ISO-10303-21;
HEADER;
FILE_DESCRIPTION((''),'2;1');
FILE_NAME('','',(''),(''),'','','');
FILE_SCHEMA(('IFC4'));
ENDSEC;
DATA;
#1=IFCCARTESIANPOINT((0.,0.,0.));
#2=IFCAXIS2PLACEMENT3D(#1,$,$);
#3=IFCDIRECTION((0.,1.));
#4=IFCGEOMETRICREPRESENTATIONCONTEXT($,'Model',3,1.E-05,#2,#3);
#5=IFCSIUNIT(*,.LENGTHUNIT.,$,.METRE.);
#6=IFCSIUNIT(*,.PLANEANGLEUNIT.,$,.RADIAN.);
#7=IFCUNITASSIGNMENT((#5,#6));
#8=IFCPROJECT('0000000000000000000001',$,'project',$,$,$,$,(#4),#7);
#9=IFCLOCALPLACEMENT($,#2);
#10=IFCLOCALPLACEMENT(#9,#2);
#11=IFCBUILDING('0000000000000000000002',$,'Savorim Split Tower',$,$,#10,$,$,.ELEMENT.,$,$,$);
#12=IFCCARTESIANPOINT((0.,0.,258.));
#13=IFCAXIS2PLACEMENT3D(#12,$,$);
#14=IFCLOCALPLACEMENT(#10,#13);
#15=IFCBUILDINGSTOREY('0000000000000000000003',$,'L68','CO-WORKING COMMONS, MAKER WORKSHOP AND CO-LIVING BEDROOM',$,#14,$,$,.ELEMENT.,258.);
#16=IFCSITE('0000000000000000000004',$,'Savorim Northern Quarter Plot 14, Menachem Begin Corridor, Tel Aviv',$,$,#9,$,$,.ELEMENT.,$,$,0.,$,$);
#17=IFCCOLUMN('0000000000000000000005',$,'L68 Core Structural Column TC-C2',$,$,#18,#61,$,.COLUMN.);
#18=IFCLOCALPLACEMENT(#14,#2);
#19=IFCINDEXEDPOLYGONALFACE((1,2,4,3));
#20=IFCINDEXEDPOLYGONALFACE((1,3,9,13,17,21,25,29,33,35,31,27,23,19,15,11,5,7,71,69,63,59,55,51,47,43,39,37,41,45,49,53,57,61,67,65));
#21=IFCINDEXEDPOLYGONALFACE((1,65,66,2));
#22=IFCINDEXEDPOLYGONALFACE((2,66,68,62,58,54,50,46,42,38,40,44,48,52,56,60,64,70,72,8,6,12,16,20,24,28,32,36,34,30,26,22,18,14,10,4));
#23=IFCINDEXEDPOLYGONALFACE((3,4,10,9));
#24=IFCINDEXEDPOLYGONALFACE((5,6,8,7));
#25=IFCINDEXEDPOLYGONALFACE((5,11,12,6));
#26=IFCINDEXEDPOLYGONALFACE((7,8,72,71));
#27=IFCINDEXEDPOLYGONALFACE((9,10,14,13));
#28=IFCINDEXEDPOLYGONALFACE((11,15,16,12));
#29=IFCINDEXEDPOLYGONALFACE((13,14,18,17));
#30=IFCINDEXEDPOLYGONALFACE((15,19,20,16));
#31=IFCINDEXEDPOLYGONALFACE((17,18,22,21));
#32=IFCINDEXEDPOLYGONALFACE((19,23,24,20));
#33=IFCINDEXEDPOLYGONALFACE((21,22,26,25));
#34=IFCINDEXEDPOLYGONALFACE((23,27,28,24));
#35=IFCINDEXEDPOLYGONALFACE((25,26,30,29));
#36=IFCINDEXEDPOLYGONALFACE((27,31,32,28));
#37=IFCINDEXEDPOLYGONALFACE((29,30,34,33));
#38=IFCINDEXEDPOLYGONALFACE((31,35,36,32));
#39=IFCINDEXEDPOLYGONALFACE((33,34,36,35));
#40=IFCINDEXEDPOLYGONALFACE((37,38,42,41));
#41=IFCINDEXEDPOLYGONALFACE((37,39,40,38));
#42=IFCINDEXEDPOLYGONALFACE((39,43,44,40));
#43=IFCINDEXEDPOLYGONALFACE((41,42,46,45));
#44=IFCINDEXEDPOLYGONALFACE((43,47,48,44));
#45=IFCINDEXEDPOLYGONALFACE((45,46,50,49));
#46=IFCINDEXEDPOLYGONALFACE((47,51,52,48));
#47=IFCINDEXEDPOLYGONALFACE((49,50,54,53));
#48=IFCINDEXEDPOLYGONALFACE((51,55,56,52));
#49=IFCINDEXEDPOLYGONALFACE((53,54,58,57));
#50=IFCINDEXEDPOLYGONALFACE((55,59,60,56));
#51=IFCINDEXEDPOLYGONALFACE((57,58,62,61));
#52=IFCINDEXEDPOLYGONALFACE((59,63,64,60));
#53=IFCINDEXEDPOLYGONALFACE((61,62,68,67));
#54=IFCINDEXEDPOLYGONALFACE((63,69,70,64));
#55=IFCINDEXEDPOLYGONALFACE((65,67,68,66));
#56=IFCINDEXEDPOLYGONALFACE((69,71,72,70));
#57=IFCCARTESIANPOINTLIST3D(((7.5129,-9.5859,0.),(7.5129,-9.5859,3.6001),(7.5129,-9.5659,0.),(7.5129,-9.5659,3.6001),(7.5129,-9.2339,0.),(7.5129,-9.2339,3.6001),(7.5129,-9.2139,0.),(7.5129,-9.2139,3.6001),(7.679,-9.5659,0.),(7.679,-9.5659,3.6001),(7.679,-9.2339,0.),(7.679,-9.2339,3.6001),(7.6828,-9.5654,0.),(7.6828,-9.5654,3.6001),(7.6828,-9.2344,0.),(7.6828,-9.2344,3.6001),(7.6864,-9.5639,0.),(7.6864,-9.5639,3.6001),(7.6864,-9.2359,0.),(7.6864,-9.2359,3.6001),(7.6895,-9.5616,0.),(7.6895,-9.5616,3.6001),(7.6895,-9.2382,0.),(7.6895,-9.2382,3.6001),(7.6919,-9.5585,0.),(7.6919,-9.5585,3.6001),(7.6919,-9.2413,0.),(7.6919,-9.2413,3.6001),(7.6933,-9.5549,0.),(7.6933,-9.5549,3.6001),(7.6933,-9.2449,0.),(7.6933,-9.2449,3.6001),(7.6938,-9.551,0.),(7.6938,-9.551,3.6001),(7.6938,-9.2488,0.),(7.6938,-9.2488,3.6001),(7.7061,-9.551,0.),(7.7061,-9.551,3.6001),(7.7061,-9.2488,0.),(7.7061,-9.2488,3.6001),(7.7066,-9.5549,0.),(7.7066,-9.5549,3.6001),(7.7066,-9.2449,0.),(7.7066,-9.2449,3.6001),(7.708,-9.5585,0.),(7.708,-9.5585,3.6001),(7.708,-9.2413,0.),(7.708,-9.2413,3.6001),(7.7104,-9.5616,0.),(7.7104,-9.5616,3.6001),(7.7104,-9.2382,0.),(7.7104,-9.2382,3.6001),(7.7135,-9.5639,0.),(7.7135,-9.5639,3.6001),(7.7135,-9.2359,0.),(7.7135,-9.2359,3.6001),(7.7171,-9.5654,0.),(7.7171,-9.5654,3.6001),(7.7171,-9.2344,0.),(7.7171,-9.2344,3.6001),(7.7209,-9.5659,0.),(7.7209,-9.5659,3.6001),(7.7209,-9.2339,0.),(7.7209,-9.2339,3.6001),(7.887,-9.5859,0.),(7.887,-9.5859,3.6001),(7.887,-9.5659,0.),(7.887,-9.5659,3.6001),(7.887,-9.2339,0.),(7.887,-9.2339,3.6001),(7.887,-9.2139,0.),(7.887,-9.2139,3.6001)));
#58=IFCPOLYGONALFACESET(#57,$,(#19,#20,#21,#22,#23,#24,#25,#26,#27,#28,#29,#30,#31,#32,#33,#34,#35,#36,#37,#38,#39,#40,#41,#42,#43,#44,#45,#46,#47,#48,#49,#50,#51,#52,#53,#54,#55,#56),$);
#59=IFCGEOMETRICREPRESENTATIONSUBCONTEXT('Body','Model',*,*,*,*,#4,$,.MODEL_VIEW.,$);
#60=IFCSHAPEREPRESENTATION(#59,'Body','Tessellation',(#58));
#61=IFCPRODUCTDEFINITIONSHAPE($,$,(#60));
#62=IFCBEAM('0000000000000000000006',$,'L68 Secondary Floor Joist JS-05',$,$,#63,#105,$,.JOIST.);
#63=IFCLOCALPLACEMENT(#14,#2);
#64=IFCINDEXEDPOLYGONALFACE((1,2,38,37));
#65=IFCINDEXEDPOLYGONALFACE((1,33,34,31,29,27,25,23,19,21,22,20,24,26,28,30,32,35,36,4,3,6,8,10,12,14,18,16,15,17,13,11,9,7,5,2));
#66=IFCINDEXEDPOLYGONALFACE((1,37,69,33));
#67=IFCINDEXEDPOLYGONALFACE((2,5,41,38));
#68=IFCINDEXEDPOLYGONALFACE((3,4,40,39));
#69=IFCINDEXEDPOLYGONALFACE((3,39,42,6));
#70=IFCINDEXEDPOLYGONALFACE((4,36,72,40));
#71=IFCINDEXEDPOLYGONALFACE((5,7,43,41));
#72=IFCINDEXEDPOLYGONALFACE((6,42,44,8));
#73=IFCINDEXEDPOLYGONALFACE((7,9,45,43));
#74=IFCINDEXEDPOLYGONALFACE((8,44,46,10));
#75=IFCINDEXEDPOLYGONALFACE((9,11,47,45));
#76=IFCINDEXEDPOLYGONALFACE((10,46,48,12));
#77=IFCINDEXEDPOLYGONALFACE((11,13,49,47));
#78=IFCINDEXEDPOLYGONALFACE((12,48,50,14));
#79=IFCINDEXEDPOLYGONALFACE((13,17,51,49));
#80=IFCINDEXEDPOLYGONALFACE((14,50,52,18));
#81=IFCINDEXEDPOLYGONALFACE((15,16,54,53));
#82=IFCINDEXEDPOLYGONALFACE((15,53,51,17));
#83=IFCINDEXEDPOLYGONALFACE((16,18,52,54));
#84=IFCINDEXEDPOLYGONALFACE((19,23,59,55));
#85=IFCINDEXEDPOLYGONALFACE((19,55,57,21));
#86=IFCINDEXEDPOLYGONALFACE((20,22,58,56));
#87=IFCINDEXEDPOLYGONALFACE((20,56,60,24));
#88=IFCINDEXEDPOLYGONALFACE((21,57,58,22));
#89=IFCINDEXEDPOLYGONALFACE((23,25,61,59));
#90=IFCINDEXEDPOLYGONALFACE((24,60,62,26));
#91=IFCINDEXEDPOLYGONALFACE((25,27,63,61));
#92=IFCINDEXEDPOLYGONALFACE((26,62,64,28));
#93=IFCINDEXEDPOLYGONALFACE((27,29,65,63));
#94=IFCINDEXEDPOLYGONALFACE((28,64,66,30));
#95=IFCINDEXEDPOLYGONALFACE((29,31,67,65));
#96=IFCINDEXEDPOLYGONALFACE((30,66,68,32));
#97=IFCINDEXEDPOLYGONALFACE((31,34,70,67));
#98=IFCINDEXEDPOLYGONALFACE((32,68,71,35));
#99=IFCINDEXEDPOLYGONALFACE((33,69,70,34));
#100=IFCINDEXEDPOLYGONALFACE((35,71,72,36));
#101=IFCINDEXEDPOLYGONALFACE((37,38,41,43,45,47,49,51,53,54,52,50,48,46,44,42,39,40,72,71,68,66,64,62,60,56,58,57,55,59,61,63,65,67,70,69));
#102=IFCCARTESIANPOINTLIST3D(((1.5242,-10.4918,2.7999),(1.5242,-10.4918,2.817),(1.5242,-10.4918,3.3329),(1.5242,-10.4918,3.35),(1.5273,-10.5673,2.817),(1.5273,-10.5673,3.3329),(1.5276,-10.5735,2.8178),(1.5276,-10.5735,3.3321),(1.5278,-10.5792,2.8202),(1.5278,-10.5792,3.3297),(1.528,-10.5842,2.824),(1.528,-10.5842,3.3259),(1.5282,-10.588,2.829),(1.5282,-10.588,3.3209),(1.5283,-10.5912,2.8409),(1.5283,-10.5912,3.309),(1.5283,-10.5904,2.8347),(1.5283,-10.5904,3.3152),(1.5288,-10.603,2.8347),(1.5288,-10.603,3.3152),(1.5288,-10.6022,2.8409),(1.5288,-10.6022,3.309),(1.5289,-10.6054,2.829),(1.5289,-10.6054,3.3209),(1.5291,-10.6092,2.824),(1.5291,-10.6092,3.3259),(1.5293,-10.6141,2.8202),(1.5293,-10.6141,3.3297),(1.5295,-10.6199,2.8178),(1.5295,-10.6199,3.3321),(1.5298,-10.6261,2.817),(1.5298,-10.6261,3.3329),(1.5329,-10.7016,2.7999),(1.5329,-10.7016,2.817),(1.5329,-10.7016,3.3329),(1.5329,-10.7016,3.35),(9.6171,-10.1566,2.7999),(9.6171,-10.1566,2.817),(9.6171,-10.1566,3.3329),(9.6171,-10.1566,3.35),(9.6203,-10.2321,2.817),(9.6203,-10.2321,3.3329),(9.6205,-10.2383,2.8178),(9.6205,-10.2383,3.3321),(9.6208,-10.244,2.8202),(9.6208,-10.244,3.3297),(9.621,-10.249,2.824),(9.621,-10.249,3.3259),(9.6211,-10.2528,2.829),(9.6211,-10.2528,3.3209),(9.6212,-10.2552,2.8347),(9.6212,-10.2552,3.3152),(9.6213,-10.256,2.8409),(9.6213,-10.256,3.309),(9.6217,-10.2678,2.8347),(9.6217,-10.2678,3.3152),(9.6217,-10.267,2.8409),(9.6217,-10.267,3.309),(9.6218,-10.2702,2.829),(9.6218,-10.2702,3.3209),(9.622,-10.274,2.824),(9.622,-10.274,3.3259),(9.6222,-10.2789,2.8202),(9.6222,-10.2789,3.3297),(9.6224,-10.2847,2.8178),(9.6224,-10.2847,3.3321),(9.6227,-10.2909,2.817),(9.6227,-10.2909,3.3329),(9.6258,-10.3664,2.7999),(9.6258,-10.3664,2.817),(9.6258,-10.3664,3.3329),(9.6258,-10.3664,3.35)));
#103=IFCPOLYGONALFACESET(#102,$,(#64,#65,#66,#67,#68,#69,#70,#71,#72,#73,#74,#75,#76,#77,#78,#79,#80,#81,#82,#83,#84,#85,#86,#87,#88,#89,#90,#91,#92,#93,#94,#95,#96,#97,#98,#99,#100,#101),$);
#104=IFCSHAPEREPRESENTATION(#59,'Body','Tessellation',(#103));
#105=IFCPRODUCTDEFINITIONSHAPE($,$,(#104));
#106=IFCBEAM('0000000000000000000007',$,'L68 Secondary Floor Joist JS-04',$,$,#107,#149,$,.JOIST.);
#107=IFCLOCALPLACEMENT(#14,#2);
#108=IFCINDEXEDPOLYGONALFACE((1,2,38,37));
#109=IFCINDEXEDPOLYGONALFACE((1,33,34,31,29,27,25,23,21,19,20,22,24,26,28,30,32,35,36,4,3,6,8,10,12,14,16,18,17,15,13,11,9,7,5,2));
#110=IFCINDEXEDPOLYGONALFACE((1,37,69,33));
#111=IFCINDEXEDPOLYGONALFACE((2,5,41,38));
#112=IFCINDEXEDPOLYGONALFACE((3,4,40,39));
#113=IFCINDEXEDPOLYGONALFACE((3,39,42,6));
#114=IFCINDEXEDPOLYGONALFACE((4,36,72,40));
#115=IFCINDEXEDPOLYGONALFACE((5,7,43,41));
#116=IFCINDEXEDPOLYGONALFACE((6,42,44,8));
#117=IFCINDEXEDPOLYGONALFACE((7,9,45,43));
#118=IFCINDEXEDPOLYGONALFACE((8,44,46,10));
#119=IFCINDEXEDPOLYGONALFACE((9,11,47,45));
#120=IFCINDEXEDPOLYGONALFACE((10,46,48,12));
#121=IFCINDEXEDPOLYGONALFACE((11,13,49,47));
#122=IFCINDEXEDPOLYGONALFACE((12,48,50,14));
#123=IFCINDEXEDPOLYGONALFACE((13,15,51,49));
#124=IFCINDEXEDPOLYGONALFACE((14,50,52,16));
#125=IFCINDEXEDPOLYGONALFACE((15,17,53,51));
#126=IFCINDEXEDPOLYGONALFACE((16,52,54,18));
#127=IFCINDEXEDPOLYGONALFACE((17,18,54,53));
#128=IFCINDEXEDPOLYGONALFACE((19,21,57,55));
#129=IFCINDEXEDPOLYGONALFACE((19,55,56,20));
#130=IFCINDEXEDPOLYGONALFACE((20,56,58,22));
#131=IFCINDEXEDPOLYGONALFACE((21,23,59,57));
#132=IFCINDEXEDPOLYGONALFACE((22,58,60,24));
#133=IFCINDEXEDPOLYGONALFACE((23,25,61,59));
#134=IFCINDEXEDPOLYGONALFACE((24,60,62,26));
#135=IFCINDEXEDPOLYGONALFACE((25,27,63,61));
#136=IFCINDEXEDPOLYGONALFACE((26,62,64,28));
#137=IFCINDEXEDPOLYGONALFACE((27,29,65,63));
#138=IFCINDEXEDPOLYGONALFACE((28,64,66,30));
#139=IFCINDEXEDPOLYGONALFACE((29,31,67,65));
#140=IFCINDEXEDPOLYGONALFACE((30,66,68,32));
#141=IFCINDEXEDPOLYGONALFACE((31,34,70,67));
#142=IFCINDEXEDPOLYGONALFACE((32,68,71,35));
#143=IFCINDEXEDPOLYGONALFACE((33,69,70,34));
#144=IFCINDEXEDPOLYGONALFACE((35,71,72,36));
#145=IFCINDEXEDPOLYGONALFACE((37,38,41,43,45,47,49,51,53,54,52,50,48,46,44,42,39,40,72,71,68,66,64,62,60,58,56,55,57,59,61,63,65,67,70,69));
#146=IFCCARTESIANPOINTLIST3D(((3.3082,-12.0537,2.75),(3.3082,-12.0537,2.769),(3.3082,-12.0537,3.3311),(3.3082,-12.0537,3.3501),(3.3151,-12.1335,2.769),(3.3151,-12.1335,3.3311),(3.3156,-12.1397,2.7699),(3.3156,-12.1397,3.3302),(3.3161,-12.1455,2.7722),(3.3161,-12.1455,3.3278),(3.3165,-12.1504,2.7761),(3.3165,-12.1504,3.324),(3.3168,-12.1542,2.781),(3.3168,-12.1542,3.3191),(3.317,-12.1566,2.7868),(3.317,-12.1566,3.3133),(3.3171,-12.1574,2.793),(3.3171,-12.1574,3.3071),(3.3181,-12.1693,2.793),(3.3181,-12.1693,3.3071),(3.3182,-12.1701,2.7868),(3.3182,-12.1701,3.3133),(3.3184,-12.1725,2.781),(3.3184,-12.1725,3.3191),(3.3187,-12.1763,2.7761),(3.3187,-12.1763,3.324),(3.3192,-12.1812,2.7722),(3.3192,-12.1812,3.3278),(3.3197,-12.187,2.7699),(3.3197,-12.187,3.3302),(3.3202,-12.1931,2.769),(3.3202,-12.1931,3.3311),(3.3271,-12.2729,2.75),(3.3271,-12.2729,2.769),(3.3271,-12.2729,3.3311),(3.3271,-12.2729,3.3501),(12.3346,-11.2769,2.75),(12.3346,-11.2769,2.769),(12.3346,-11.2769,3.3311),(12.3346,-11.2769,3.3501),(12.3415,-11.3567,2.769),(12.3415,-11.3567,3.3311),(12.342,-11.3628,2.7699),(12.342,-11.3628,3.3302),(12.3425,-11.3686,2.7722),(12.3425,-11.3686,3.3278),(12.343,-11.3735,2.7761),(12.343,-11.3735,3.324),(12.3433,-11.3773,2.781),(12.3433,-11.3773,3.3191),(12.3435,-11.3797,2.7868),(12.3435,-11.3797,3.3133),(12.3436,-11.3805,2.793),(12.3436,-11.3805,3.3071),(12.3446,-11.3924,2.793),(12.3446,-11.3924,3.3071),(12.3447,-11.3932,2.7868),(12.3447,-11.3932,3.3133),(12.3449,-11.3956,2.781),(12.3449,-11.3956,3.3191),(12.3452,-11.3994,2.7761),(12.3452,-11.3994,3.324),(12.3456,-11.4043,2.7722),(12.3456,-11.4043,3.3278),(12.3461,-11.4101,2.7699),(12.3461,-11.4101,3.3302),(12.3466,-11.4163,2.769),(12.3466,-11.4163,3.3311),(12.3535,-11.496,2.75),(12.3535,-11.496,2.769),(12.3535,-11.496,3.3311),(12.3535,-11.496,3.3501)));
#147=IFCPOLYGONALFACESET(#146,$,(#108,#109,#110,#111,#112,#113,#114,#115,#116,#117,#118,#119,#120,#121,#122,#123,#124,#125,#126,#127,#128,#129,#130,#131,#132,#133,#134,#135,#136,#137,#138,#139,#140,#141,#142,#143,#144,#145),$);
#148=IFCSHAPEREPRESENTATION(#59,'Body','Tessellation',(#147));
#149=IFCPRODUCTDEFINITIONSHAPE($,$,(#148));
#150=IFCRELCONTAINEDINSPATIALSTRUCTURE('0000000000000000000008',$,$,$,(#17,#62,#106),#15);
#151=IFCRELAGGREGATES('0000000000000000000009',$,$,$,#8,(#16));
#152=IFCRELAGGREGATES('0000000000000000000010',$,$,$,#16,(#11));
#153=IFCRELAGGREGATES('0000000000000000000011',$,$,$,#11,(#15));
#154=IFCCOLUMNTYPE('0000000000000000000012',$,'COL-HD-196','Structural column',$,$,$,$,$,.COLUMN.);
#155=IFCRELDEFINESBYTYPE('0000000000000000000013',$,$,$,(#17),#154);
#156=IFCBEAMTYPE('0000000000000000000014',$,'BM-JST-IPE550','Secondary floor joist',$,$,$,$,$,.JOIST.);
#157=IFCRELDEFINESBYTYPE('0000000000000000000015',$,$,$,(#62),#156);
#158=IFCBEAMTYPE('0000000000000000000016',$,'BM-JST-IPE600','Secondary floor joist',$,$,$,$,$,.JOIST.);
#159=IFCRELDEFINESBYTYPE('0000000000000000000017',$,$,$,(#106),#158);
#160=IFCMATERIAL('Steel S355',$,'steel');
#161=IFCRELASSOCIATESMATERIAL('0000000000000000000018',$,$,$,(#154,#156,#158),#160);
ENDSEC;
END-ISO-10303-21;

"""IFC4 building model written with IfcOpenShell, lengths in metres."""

from ifc_helpers import new_model, si_unit, direction, frame, origin, origin_2d, place, context, subcontext, project, spatial, i_section, extrude, material, material_profile, profile_set, type_object, element, save


model = new_model("IFC4")

# Units and contexts
model_context = context("Model", 3, precision=1e-05, world=origin(), true_north=direction((0.0, 1.0)))
body_context = subcontext(model_context, "Body", "Model", "MODEL_VIEW")
ifc_project = project(units=[si_unit("LENGTHUNIT", "METRE"), si_unit("PLANEANGLEUNIT", "RADIAN")], contexts=[model_context])

# Site, building, storey
site_placement = place(None, origin())
site = spatial("IfcSite", under=ifc_project, at=site_placement, Name="Savorim Northern Quarter Plot 14, Menachem Begin Corridor, Tel Aviv", CompositionType="ELEMENT", RefElevation=0.0)
building_placement = place(site_placement, origin())
building = spatial("IfcBuilding", under=site, at=building_placement, Name="Savorim Split Tower", CompositionType="ELEMENT")
storey_placement = place(building_placement, frame((0.0, 0.0, 258.0)))
storey = spatial("IfcBuildingStorey", under=building, at=storey_placement, Name="L68", Description="CO-WORKING COMMONS, MAKER WORKSHOP AND CO-LIVING BEDROOM", CompositionType="ELEMENT", Elevation=258.0)

# Column
ifc_material_1 = material(Name="Steel S355", Category="steel")
ifc_material_profile_1 = material_profile(ifc_material_1, i_section(OverallWidth=0.374, OverallDepth=0.3721, WebThickness=0.0122, FlangeThickness=0.02, FilletRadius=0.0149, at=origin_2d()), Name="HD 360x196")
ifc_profile_set_1 = profile_set([ifc_material_profile_1], Name="Steel S355")
column_type = type_object("IfcColumnType", Name="COL-HD-196", Description="Structural column", PredefinedType="COLUMN", material=ifc_profile_set_1)
column_placement = place(storey_placement, frame((7.7, -9.3999, 0.0), z_axis=(0.0, 0.0, 1.0), x_axis=(1.0, 0.0, 0.0)))
element("IfcColumn", 1, at=column_placement, inside=storey, type_object=column_type, Name="L68 Core Structural Column TC-C2", PredefinedType="COLUMN", context=body_context, shape_type="SweptSolid", body=[
    extrude(i_section(OverallWidth=0.374, OverallDepth=0.3721, WebThickness=0.0122, FlangeThickness=0.02, FilletRadius=0.0149, at=origin_2d()), origin(), (0.0, 0.0, 1.0), 3.6001),
])

# Beams
ifc_material_profile_2 = material_profile(ifc_material_1, i_section(OverallWidth=0.21, OverallDepth=0.55, WebThickness=0.011, FlangeThickness=0.0171, FilletRadius=0.0239, at=origin_2d()), Name="IPE 550")
ifc_profile_set_2 = profile_set([ifc_material_profile_2], Name="Steel S355")
beam_type_1 = type_object("IfcBeamType", Name="BM-JST-IPE550", Description="Secondary floor joist", PredefinedType="JOIST", material=ifc_profile_set_2)
beam_1_placement = place(storey_placement, frame((1.5286, -10.5967, 3.075), z_axis=(0.999143, 0.041384, 0.0), x_axis=(-0.041384, 0.999143, 0.0)))
element("IfcBeam", 2, at=beam_1_placement, inside=storey, type_object=beam_type_1, Name="L68 Secondary Floor Joist JS-05", PredefinedType="JOIST", context=body_context, shape_type="SweptSolid", body=[
    extrude(i_section(OverallWidth=0.21, OverallDepth=0.55, WebThickness=0.011, FlangeThickness=0.0171, FilletRadius=0.0239, at=origin_2d()), origin(), (0.0, 0.0, 1.0), 8.0999),
])
ifc_material_profile_3 = material_profile(ifc_material_1, i_section(OverallWidth=0.22, OverallDepth=0.6001, WebThickness=0.012, FlangeThickness=0.019, FilletRadius=0.0239, at=origin_2d()), Name="IPE 600")
ifc_profile_set_3 = profile_set([ifc_material_profile_3], Name="Steel S355")
beam_type_2 = type_object("IfcBeamType", Name="BM-JST-IPE600", Description="Secondary floor joist", PredefinedType="JOIST", material=ifc_profile_set_3)
beam_2_placement = place(storey_placement, frame((3.3176, -12.1633, 3.05), z_axis=(0.996317, 0.085748, 0.0), x_axis=(-0.085748, 0.996317, 0.0)))
element("IfcBeam", 3, at=beam_2_placement, inside=storey, type_object=beam_type_2, Name="L68 Secondary Floor Joist JS-04", PredefinedType="JOIST", context=body_context, shape_type="SweptSolid", body=[
    extrude(i_section(OverallWidth=0.22, OverallDepth=0.6001, WebThickness=0.012, FlangeThickness=0.019, FilletRadius=0.0239, at=origin_2d()), origin(), (0.0, 0.0, 1.0), 9.0598),
])

save(model, "model.ifc")
